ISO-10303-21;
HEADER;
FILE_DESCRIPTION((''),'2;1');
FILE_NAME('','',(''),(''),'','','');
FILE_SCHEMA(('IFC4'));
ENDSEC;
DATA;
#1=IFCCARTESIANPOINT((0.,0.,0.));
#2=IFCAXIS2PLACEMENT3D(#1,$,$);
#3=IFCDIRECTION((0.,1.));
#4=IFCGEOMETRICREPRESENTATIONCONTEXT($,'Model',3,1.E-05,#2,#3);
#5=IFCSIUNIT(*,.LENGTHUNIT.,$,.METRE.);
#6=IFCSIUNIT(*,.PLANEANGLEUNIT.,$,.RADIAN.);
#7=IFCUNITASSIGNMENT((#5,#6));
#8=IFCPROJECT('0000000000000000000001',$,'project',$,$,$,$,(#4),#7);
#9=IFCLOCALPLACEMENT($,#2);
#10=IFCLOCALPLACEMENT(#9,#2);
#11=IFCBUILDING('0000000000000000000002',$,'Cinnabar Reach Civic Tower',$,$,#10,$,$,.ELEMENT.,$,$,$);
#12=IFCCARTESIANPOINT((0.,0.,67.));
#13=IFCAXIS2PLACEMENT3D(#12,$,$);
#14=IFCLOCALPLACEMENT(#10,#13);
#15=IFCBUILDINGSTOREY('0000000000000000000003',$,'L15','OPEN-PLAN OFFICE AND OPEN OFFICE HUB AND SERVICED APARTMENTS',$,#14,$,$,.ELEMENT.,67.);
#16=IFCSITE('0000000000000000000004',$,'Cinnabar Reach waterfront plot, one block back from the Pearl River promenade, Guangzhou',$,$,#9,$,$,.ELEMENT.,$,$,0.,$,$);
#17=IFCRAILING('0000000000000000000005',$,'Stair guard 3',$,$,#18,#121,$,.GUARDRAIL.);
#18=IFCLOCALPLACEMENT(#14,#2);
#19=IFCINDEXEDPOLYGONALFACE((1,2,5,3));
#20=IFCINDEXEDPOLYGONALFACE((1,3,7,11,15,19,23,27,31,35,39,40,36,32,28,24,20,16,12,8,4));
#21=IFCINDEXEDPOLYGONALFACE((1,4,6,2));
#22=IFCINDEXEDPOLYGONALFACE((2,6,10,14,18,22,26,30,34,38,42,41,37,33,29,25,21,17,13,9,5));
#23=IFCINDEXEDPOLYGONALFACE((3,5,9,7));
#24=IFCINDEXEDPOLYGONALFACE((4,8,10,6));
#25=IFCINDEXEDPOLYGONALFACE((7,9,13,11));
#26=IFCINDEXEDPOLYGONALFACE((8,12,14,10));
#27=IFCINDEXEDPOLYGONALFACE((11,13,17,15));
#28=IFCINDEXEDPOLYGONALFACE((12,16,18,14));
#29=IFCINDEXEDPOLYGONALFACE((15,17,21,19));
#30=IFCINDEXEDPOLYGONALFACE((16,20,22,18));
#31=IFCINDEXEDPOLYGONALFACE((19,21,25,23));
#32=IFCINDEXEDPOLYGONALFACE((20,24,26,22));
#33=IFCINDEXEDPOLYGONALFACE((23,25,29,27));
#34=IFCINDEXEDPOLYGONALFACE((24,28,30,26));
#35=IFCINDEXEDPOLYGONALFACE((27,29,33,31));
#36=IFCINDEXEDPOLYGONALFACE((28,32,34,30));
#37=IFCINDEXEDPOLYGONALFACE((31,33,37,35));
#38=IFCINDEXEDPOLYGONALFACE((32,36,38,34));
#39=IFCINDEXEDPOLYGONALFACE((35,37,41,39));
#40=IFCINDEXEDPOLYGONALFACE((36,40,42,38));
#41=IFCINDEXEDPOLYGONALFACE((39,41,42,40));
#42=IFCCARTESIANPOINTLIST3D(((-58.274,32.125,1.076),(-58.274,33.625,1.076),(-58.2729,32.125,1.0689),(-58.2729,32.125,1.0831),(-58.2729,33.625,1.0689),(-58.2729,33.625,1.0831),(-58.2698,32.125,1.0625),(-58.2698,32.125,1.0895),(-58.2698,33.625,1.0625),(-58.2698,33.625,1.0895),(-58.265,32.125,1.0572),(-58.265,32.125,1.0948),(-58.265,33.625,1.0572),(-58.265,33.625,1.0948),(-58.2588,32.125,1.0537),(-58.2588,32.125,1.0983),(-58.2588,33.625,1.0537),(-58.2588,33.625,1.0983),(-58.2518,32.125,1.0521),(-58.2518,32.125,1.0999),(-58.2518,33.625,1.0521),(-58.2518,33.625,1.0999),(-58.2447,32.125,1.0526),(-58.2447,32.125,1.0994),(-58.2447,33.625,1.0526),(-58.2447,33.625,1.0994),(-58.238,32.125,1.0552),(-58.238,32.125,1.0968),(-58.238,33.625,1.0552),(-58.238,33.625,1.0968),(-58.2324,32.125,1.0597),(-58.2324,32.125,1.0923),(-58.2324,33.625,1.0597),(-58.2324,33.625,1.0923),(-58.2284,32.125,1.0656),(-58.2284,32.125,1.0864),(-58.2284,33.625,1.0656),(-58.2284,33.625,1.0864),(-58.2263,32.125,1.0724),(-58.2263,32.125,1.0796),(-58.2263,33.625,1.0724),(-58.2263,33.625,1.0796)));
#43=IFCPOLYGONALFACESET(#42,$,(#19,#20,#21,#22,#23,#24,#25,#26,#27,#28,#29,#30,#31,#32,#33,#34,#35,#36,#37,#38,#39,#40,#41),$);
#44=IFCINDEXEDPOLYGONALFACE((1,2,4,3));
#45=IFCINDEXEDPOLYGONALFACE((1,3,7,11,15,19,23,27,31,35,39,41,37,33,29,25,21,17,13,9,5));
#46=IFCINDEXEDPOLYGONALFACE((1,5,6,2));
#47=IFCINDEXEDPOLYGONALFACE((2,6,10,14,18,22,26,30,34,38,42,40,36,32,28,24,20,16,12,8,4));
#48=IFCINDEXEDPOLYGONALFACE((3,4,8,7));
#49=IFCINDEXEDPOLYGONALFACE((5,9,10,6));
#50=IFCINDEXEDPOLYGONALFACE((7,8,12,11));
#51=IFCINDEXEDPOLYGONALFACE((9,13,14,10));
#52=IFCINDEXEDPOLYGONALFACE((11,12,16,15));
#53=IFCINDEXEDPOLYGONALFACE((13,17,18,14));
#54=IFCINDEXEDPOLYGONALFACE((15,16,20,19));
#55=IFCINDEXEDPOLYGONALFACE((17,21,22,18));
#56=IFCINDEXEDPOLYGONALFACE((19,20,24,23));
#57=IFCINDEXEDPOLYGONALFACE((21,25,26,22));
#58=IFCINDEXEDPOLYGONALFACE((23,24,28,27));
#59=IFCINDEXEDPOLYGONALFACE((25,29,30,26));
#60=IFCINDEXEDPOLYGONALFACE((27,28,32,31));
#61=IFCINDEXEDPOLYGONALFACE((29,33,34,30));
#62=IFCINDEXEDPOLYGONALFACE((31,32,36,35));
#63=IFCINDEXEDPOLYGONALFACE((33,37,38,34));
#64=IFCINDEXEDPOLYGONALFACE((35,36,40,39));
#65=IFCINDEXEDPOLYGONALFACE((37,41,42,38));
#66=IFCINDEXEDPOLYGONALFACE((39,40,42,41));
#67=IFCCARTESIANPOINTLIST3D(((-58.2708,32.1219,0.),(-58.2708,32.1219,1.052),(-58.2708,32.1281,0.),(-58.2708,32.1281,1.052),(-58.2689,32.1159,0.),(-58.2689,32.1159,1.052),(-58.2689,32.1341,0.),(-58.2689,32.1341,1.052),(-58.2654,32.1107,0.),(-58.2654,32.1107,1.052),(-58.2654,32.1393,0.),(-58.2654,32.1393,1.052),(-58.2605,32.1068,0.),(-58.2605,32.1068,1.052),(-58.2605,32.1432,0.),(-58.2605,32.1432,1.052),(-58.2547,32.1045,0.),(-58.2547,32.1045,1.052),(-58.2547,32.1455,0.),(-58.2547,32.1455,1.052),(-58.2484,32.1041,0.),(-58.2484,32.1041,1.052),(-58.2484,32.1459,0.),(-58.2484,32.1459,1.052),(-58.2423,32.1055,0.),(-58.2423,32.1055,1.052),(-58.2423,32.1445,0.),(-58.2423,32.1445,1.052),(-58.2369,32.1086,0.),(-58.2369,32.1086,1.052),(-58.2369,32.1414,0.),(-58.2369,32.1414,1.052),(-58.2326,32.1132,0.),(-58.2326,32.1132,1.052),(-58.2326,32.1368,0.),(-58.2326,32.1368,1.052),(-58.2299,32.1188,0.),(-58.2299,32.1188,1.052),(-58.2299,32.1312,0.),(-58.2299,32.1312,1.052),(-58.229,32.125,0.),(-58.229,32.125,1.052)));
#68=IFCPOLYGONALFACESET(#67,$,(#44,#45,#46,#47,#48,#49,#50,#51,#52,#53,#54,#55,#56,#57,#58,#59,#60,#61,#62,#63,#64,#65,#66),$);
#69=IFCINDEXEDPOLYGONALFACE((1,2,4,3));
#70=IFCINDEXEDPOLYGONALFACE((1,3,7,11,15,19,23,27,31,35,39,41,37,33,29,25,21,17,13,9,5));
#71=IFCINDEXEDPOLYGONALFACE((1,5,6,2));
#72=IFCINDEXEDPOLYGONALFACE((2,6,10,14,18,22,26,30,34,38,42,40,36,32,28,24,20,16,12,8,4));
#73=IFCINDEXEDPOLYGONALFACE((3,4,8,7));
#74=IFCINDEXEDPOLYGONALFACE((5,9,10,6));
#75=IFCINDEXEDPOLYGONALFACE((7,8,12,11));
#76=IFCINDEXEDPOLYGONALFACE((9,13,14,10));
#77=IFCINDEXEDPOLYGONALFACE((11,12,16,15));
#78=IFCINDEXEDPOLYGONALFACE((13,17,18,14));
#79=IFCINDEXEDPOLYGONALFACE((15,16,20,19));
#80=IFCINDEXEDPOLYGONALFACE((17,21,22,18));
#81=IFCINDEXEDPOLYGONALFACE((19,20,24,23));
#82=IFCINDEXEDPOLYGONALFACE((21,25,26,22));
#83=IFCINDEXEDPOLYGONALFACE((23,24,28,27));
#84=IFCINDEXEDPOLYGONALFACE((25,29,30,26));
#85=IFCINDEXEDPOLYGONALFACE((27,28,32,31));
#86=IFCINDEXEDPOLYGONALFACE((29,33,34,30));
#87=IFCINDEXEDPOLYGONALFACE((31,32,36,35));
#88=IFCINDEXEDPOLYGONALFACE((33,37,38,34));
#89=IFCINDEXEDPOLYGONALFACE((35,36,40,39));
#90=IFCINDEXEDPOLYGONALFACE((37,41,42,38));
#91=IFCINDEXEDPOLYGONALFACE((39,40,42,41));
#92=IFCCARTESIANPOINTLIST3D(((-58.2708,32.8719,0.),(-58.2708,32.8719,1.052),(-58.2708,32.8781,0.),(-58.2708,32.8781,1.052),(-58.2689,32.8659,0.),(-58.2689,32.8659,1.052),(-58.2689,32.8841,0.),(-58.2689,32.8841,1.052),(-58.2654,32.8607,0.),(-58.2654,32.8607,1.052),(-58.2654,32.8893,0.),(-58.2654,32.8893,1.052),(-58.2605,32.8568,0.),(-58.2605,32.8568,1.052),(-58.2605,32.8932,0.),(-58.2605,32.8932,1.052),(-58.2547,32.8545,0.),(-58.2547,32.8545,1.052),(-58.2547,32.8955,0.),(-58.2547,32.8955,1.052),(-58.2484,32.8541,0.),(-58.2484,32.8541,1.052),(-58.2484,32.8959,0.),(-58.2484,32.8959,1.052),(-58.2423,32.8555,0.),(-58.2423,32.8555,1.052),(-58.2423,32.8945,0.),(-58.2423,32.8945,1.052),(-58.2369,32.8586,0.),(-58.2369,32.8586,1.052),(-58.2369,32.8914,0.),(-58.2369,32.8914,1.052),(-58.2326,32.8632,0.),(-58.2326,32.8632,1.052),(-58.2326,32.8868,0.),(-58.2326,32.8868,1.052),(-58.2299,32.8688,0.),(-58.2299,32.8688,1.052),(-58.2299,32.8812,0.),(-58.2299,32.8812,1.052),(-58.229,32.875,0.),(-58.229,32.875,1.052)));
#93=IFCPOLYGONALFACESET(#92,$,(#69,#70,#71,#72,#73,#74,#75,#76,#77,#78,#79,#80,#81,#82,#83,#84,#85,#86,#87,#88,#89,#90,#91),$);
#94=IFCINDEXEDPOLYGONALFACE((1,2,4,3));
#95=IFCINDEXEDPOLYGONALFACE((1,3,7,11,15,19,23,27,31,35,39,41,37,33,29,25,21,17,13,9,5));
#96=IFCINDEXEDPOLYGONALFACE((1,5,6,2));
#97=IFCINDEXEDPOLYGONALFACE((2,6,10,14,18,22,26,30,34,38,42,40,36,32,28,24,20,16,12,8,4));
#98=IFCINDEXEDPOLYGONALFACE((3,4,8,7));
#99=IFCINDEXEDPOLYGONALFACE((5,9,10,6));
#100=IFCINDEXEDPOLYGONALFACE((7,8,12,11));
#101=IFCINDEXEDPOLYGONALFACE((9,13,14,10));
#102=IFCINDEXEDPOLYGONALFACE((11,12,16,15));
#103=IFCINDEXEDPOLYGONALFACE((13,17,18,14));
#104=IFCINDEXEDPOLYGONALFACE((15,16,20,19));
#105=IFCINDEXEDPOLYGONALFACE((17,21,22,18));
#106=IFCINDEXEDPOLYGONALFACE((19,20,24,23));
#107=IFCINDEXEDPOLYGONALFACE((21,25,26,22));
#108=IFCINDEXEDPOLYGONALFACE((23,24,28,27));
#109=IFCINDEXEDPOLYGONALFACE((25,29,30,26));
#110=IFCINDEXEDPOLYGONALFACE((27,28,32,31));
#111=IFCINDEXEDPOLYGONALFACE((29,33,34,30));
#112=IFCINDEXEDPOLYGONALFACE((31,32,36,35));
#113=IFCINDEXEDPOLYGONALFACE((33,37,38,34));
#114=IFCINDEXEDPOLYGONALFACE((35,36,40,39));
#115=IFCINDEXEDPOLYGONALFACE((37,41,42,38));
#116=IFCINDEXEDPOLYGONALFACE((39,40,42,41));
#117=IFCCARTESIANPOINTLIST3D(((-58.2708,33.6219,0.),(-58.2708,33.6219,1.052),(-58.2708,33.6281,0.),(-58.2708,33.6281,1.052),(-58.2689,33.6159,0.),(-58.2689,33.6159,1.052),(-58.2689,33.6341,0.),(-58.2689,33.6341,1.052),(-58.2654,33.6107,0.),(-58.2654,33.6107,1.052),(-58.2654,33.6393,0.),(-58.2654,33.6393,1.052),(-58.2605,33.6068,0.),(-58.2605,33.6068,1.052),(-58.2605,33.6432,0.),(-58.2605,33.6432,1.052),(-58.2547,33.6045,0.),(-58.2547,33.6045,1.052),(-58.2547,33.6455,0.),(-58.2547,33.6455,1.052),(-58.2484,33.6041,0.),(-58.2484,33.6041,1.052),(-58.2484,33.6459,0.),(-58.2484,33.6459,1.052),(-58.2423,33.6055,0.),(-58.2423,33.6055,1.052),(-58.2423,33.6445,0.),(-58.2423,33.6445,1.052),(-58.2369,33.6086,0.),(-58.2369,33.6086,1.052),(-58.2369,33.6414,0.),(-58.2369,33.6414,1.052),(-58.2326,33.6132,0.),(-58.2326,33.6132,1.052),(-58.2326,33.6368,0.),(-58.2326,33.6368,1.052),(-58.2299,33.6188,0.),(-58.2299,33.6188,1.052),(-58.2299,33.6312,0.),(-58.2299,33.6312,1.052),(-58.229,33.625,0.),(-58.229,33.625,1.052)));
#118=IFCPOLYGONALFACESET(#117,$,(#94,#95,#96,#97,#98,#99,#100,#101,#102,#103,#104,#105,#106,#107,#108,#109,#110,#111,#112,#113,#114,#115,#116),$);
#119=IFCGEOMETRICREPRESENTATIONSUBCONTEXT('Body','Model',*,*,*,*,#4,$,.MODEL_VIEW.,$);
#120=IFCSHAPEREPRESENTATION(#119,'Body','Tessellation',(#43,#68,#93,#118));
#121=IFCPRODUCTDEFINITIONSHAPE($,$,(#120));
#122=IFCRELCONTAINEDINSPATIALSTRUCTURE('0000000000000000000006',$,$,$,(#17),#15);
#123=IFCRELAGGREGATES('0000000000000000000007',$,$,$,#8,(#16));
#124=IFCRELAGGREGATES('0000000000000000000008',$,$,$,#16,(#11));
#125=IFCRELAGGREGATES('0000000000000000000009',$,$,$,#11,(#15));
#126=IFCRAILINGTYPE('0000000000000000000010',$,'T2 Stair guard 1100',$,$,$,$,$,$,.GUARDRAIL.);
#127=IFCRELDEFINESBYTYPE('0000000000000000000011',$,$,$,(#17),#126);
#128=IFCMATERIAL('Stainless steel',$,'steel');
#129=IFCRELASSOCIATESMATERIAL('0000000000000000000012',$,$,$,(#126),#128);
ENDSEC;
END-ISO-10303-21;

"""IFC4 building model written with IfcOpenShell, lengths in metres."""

from ifc_helpers import new_model, si_unit, direction, frame, origin, origin_2d, place, context, subcontext, project, spatial, circle, extrude, material, type_object, element, save


model = new_model("IFC4")

# Units and contexts
model_context = context("Model", 3, precision=1e-05, world=origin(), true_north=direction((0.0, 1.0)))
body_context = subcontext(model_context, "Body", "Model", "MODEL_VIEW")
ifc_project = project(units=[si_unit("LENGTHUNIT", "METRE"), si_unit("PLANEANGLEUNIT", "RADIAN")], contexts=[model_context])

# Site, building, storey
site_placement = place(None, origin())
site = spatial("IfcSite", under=ifc_project, at=site_placement, Name="Cinnabar Reach waterfront plot, one block back from the Pearl River promenade, Guangzhou", CompositionType="ELEMENT", RefElevation=0.0)
building_placement = place(site_placement, origin())
building = spatial("IfcBuilding", under=site, at=building_placement, Name="Cinnabar Reach Civic Tower", CompositionType="ELEMENT")
storey_placement = place(building_placement, frame((0.0, 0.0, 67.0)))
storey = spatial("IfcBuildingStorey", under=building, at=storey_placement, Name="L15", Description="OPEN-PLAN OFFICE AND OPEN OFFICE HUB AND SERVICED APARTMENTS", CompositionType="ELEMENT", Elevation=67.0)

# Railing
ifc_material_1 = material(Name="Stainless steel", Category="steel")
railing_type = type_object("IfcRailingType", Name="T2 Stair guard 1100", PredefinedType="GUARDRAIL", material=ifc_material_1)
railing_1_placement = place(storey_placement, frame((-58.25, 32.125, 0.0)))
element("IfcRailing", 1, at=railing_1_placement, inside=storey, type_object=railing_type, Name="Stair guard 3", PredefinedType="GUARDRAIL", context=body_context, shape_type="SweptSolid", body=[
    extrude(circle(Radius=0.024, at=origin_2d()), frame((0.0, 0.0, 1.076), z_axis=(0.0, 1.0, 0.0), x_axis=(-1.0, 0.0, 0.0)), (0.0, 0.0, 1.0), 1.5),
    extrude(circle(Radius=0.021, at=origin_2d()), origin(), (0.0, 0.0, 1.0), 1.052),
    extrude(circle(Radius=0.021, at=origin_2d()), frame((0.0, 0.75, 0.0)), (0.0, 0.0, 1.0), 1.052),
    extrude(circle(Radius=0.021, at=origin_2d()), frame((0.0, 1.5, 0.0)), (0.0, 0.0, 1.0), 1.052),
])

save(model, "model.ifc")
